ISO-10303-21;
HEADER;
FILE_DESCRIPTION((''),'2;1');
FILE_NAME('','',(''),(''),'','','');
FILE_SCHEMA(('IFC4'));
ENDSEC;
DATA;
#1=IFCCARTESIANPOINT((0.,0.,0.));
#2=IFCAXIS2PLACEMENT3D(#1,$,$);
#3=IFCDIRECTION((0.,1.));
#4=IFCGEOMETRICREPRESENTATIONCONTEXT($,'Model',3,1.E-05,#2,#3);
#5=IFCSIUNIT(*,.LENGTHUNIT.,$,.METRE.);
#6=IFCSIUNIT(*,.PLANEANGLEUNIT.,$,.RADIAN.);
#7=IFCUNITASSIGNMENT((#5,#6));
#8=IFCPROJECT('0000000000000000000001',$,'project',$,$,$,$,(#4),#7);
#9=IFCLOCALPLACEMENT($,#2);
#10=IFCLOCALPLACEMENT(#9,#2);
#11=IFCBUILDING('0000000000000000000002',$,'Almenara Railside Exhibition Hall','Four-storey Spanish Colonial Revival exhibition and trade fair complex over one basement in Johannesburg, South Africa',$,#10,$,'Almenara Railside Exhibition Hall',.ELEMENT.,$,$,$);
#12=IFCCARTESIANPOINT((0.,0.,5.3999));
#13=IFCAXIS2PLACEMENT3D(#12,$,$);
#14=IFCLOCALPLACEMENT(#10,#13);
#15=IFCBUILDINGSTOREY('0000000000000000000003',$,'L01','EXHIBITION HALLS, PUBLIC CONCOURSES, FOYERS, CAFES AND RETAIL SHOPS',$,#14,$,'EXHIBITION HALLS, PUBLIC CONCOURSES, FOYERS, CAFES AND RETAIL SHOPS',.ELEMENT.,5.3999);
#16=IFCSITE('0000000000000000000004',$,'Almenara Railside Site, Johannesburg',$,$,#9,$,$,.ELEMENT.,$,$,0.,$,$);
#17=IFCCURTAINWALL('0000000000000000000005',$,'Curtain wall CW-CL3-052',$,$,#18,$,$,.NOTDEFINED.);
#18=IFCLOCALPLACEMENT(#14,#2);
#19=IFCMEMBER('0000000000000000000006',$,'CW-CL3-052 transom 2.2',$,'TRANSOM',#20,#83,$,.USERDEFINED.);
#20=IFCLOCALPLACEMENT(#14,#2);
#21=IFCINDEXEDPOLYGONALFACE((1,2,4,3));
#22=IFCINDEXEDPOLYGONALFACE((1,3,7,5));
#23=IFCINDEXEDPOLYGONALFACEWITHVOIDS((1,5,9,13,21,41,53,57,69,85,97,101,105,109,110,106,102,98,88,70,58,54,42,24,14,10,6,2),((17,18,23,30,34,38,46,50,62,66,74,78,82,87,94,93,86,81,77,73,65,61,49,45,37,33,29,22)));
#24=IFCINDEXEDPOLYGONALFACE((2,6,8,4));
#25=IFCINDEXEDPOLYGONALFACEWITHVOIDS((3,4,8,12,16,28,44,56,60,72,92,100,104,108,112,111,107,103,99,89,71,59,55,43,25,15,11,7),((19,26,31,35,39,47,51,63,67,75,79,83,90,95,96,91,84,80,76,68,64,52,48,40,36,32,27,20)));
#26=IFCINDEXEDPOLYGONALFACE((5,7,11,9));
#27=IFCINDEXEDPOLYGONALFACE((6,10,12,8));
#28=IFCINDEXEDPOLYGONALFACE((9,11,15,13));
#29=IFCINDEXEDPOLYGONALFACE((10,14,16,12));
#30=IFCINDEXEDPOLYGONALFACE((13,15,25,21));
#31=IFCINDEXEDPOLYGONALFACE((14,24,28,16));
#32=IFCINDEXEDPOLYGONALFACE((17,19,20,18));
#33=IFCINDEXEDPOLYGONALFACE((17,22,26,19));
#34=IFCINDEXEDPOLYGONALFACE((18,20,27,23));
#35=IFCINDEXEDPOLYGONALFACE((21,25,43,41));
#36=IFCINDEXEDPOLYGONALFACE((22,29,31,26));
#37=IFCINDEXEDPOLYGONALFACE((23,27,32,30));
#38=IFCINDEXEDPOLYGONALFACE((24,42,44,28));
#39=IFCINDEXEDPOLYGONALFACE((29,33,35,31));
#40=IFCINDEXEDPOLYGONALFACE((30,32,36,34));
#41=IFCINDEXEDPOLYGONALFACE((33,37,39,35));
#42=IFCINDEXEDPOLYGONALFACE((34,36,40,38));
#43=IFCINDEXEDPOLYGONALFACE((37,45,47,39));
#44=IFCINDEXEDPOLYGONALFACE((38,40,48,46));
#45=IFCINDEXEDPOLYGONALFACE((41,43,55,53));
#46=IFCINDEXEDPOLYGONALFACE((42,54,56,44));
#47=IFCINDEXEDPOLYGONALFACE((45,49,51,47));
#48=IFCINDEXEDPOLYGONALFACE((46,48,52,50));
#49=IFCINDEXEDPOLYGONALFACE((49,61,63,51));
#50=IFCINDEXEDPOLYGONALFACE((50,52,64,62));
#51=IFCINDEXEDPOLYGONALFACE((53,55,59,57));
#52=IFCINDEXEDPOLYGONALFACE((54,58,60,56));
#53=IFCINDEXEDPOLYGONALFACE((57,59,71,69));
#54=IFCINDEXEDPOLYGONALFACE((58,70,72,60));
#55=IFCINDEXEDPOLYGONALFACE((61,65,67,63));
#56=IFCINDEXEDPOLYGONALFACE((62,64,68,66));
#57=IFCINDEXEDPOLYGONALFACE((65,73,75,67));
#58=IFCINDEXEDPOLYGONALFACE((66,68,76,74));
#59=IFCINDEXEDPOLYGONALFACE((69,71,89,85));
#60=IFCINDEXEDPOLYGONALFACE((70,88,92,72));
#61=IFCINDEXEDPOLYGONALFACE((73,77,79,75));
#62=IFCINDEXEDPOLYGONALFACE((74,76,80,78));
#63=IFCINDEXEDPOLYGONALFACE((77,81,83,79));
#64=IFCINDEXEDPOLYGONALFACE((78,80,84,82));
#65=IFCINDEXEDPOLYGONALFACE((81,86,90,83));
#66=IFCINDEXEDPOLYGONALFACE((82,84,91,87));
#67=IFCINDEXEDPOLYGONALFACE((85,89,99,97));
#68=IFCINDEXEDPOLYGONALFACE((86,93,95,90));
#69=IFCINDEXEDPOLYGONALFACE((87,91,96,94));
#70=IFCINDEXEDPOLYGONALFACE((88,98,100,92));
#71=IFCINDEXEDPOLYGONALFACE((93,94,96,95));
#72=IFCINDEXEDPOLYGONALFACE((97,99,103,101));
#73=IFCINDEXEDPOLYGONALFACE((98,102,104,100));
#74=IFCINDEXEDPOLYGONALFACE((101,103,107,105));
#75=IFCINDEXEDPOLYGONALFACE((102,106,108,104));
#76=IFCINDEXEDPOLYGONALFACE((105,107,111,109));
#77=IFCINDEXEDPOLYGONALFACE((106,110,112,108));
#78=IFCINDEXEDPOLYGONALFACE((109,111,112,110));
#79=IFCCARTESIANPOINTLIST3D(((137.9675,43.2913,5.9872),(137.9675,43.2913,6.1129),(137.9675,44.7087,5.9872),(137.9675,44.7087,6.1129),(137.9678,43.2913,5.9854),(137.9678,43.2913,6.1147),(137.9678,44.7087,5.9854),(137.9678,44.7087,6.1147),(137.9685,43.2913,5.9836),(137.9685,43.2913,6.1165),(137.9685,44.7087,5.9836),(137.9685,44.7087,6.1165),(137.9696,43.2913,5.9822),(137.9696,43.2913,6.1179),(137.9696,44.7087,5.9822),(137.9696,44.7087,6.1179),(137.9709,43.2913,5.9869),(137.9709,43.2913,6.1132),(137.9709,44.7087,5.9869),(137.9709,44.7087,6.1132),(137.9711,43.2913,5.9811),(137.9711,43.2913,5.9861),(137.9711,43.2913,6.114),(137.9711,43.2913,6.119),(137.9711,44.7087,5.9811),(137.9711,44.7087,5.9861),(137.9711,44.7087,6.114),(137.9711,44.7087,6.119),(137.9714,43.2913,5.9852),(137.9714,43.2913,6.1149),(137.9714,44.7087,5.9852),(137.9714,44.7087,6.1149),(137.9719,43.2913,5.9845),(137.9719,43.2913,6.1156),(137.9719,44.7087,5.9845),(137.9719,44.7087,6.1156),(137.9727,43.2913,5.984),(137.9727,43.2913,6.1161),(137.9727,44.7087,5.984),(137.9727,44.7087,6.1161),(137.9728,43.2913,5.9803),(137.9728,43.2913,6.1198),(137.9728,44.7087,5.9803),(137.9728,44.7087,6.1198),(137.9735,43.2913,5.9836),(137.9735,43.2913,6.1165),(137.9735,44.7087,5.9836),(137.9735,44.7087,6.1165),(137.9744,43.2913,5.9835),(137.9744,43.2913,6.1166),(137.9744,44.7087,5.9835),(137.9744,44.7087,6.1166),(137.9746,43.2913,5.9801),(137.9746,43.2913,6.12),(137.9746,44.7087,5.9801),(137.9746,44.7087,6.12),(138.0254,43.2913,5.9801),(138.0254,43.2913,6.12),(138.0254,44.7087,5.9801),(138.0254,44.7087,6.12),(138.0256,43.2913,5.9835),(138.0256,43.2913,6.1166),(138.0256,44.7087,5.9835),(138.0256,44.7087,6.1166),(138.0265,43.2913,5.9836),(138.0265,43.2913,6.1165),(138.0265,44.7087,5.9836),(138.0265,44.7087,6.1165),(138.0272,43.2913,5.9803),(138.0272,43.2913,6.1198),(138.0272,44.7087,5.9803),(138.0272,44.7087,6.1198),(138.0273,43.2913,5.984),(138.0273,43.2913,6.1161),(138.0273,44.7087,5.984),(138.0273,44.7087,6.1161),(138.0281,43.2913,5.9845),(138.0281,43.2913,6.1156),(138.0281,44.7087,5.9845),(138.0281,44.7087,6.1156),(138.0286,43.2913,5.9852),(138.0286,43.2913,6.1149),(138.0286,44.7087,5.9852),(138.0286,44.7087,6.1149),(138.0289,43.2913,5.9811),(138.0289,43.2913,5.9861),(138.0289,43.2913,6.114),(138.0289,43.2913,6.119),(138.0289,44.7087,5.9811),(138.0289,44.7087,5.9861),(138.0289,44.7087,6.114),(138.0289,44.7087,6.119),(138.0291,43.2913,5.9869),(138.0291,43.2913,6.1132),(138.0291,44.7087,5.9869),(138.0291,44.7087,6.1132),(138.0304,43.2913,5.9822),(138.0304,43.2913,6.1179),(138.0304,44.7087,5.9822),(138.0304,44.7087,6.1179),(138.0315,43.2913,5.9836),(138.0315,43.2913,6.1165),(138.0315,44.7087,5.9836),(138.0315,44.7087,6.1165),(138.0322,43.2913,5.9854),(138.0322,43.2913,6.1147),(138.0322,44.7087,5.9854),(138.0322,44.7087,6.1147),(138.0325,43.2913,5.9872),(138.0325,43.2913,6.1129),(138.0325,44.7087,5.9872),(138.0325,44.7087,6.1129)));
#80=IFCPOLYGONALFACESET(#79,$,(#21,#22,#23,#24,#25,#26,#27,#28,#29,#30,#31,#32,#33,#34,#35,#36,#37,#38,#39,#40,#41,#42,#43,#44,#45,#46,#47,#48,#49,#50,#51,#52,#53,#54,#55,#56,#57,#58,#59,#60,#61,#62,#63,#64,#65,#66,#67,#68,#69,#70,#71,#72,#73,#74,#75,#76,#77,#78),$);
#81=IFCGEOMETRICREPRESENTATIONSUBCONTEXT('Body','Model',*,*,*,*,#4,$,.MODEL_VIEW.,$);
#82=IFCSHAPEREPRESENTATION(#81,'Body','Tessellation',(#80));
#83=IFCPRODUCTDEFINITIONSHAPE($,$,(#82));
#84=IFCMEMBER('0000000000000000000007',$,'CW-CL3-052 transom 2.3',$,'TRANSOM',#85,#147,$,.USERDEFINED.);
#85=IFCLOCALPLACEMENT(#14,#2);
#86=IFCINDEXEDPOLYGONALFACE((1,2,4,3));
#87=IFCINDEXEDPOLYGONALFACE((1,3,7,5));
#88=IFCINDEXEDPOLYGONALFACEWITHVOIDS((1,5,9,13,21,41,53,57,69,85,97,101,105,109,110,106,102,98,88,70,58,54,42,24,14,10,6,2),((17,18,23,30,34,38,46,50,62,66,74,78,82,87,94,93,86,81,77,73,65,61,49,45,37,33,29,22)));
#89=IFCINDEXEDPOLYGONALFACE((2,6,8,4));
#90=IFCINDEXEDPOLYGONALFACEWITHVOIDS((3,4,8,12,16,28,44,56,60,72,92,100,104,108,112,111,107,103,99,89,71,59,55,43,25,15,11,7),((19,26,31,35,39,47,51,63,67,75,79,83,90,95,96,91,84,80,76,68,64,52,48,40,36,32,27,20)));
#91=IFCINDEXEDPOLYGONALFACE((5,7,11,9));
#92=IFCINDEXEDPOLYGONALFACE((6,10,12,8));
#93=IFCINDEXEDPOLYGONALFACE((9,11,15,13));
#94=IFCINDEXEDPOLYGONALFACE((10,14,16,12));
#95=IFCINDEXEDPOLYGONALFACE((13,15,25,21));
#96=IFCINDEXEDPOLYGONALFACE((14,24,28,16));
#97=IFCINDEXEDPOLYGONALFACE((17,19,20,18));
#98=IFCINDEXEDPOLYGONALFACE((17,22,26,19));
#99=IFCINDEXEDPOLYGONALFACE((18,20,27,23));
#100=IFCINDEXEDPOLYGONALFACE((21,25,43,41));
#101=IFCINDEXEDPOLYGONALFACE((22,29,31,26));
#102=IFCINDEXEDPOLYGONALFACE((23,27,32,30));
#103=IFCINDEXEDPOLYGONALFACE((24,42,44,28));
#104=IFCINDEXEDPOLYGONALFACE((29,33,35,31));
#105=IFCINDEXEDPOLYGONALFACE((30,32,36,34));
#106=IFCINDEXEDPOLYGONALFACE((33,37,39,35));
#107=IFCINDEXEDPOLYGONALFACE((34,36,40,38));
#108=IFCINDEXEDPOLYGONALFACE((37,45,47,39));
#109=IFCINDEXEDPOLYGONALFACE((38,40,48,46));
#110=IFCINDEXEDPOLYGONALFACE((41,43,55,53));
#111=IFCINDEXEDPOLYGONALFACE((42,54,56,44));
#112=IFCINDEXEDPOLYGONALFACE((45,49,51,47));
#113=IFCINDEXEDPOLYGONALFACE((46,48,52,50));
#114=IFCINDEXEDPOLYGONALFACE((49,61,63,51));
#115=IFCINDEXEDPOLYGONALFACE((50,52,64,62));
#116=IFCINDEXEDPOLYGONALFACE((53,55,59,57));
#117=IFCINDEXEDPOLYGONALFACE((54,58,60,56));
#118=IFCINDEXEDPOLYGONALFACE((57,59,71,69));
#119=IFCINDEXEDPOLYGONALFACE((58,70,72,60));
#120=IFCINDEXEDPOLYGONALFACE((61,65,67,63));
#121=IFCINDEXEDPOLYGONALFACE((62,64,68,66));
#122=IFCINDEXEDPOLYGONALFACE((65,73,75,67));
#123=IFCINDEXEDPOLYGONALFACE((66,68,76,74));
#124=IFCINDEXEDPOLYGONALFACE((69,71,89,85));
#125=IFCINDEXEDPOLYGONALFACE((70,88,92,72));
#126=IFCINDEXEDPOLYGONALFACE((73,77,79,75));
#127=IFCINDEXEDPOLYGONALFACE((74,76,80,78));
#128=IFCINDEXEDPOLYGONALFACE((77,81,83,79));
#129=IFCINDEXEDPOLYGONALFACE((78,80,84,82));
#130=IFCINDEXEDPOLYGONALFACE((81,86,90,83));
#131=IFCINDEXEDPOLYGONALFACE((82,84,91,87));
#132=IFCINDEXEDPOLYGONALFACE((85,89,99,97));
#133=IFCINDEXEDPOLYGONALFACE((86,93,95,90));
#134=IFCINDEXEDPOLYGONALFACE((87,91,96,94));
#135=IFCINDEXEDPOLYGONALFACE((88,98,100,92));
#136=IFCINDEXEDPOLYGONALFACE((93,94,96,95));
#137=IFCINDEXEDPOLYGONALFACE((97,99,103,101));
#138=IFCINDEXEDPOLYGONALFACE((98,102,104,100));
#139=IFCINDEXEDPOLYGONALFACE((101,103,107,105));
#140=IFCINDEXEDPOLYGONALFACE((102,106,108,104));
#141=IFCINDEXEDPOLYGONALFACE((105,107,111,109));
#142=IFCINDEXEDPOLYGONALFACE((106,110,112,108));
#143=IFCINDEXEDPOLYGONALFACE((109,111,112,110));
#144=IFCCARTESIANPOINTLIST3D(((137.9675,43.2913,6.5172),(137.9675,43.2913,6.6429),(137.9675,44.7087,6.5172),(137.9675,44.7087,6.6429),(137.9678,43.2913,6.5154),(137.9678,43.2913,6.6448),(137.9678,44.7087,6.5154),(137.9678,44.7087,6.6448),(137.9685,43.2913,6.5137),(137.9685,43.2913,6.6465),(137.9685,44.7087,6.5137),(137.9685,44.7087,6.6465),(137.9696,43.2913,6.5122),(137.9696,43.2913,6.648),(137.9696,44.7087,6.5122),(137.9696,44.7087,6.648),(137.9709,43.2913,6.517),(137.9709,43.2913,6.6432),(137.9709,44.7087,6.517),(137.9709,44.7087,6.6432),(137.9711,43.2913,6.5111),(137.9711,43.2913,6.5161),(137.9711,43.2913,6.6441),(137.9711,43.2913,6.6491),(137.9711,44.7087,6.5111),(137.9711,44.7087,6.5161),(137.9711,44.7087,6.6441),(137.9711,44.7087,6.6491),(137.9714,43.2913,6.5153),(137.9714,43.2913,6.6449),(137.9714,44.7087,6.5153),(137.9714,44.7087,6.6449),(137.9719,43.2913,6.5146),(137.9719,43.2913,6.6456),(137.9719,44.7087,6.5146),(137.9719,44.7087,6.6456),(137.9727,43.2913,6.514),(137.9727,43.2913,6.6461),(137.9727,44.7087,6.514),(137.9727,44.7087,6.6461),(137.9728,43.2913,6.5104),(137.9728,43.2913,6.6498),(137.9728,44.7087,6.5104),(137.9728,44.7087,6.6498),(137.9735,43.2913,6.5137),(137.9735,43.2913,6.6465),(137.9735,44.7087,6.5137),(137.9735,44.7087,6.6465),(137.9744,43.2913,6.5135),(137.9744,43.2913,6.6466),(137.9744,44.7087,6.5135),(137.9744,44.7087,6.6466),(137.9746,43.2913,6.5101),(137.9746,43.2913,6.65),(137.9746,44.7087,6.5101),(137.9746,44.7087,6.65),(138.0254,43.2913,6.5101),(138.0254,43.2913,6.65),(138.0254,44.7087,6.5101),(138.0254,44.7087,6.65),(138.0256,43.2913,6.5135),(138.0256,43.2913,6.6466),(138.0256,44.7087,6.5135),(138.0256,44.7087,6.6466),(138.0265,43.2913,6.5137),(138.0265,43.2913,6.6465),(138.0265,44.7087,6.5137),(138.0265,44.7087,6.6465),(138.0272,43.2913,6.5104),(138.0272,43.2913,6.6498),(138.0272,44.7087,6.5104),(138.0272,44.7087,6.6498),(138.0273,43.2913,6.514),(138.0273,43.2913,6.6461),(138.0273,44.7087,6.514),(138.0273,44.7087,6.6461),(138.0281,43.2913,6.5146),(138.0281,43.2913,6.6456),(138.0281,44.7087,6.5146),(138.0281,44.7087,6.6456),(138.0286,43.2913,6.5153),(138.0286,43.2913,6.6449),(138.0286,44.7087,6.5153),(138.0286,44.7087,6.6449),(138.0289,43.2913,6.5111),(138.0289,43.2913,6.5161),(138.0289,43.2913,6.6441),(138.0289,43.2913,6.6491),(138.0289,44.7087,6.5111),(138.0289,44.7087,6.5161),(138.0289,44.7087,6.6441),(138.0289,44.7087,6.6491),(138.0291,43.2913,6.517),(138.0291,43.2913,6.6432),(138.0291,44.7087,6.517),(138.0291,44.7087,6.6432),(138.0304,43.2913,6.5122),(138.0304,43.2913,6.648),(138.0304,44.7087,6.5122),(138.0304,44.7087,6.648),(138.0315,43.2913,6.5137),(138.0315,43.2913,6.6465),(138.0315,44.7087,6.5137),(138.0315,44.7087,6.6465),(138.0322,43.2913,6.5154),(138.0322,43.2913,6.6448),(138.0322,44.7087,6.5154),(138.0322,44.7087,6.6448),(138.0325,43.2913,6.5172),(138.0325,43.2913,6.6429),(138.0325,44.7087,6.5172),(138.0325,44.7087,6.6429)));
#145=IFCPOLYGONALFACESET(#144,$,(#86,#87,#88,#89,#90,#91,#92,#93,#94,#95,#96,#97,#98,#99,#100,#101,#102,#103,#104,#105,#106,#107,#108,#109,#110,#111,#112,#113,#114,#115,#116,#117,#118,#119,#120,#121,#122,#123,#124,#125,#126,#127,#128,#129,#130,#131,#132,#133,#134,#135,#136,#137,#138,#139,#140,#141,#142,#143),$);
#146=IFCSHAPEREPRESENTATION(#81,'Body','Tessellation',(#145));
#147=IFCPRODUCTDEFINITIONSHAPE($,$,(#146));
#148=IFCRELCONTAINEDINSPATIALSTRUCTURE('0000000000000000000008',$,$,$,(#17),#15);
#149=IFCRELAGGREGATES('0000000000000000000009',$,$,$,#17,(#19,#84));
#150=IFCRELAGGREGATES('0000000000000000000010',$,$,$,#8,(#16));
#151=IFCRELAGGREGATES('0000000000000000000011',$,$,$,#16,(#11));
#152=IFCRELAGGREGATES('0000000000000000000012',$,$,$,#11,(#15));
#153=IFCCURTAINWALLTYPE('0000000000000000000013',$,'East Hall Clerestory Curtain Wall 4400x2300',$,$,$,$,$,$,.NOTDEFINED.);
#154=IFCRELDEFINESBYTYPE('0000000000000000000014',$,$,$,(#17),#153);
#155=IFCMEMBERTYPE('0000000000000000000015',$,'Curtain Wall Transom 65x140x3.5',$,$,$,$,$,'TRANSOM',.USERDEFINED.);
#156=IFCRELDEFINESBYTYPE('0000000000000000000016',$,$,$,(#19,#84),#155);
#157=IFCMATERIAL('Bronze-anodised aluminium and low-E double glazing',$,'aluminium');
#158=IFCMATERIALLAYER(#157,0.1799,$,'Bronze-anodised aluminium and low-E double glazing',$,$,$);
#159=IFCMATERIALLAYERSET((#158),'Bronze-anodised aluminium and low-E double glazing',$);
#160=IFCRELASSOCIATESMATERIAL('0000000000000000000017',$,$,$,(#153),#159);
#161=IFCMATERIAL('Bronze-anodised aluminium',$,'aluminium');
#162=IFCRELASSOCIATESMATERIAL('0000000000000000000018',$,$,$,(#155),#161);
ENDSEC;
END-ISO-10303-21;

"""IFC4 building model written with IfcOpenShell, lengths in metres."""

from ifc_helpers import new_model, si_unit, direction, frame, origin, origin_2d, place, context, subcontext, project, spatial, hollow_rectangle, extrude, material, layer, layer_set, material_profile, profile_set, type_object, element, aggregate, save


model = new_model("IFC4")

# Units and contexts
model_context = context("Model", 3, precision=1e-05, world=origin(), true_north=direction((0.0, 1.0)))
body_context = subcontext(model_context, "Body", "Model", "MODEL_VIEW")
ifc_project = project(units=[si_unit("LENGTHUNIT", "METRE"), si_unit("PLANEANGLEUNIT", "RADIAN")], contexts=[model_context])

# Site, building, storey
site_placement = place(None, origin())
site = spatial("IfcSite", under=ifc_project, at=site_placement, Name="Almenara Railside Site, Johannesburg", CompositionType="ELEMENT", RefElevation=0.0)
building_placement = place(site_placement, origin())
building = spatial("IfcBuilding", under=site, at=building_placement, Name="Almenara Railside Exhibition Hall", Description="Four-storey Spanish Colonial Revival exhibition and trade fair complex over one basement in Johannesburg, South Africa", LongName="Almenara Railside Exhibition Hall", CompositionType="ELEMENT")
storey_placement = place(building_placement, frame((0.0, 0.0, 5.3999)))
storey = spatial("IfcBuildingStorey", under=building, at=storey_placement, Name="L01", Description="EXHIBITION HALLS, PUBLIC CONCOURSES, FOYERS, CAFES AND RETAIL SHOPS", LongName="EXHIBITION HALLS, PUBLIC CONCOURSES, FOYERS, CAFES AND RETAIL SHOPS", CompositionType="ELEMENT", Elevation=5.3999)

# Curtain wall, members
ifc_material_1 = material(Name="Bronze-anodised aluminium and low-E double glazing", Category="aluminium")
ifc_layer_1 = layer(ifc_material_1, 0.1799, Name="Bronze-anodised aluminium and low-E double glazing")
ifc_layer_set_1 = layer_set([ifc_layer_1], Name="Bronze-anodised aluminium and low-E double glazing")
curtain_wall_type = type_object("IfcCurtainWallType", Name="East Hall Clerestory Curtain Wall 4400x2300", PredefinedType="NOTDEFINED", material=ifc_layer_set_1)
curtain_wall_placement = place(storey_placement, origin())
curtain_wall = element("IfcCurtainWall", 1, at=curtain_wall_placement, inside=storey, type_object=curtain_wall_type, Name="Curtain wall CW-CL3-052", PredefinedType="NOTDEFINED")
ifc_material_2 = material(Name="Bronze-anodised aluminium", Category="aluminium")
ifc_material_profile_1 = material_profile(ifc_material_2, hollow_rectangle(XDim=0.0649, YDim=0.1399, WallThickness=0.0034, InnerFilletRadius=0.0034, OuterFilletRadius=0.0071, at=origin_2d()), Name="ALU-TRN 65x140x3.5")
ifc_profile_set_1 = profile_set([ifc_material_profile_1], Name="Bronze-anodised aluminium")
member_type_1 = type_object("IfcMemberType", Name="Curtain Wall Transom 65x140x3.5", ElementType="TRANSOM", PredefinedType="USERDEFINED", material=ifc_profile_set_1)
member_1_placement = place(storey_placement, frame((138.0, 43.2913, 6.05), z_axis=(0.0, 1.0, 0.0), x_axis=(-1.0, 0.0, 0.0)))
member_1 = element("IfcMember", 2, at=member_1_placement, type_object=member_type_1, Name="CW-CL3-052 transom 2.2", ObjectType="TRANSOM", PredefinedType="USERDEFINED", context=body_context, shape_type="SweptSolid", body=[
    extrude(hollow_rectangle(XDim=0.0649, YDim=0.1399, WallThickness=0.0034, InnerFilletRadius=0.0034, OuterFilletRadius=0.0071, at=origin_2d()), origin(), (0.0, 0.0, 1.0), 1.4175),
])
member_2_placement = place(storey_placement, frame((138.0, 43.2913, 6.5801), z_axis=(0.0, 1.0, 0.0), x_axis=(-1.0, 0.0, 0.0)))
member_2 = element("IfcMember", 3, at=member_2_placement, type_object=member_type_1, Name="CW-CL3-052 transom 2.3", ObjectType="TRANSOM", PredefinedType="USERDEFINED", context=body_context, shape_type="SweptSolid", body=[
    extrude(hollow_rectangle(XDim=0.0649, YDim=0.1399, WallThickness=0.0034, InnerFilletRadius=0.0034, OuterFilletRadius=0.0071, at=origin_2d()), origin(), (0.0, 0.0, 1.0), 1.4175),
])
aggregate(curtain_wall, [member_1, member_2])

save(model, "model.ifc")
